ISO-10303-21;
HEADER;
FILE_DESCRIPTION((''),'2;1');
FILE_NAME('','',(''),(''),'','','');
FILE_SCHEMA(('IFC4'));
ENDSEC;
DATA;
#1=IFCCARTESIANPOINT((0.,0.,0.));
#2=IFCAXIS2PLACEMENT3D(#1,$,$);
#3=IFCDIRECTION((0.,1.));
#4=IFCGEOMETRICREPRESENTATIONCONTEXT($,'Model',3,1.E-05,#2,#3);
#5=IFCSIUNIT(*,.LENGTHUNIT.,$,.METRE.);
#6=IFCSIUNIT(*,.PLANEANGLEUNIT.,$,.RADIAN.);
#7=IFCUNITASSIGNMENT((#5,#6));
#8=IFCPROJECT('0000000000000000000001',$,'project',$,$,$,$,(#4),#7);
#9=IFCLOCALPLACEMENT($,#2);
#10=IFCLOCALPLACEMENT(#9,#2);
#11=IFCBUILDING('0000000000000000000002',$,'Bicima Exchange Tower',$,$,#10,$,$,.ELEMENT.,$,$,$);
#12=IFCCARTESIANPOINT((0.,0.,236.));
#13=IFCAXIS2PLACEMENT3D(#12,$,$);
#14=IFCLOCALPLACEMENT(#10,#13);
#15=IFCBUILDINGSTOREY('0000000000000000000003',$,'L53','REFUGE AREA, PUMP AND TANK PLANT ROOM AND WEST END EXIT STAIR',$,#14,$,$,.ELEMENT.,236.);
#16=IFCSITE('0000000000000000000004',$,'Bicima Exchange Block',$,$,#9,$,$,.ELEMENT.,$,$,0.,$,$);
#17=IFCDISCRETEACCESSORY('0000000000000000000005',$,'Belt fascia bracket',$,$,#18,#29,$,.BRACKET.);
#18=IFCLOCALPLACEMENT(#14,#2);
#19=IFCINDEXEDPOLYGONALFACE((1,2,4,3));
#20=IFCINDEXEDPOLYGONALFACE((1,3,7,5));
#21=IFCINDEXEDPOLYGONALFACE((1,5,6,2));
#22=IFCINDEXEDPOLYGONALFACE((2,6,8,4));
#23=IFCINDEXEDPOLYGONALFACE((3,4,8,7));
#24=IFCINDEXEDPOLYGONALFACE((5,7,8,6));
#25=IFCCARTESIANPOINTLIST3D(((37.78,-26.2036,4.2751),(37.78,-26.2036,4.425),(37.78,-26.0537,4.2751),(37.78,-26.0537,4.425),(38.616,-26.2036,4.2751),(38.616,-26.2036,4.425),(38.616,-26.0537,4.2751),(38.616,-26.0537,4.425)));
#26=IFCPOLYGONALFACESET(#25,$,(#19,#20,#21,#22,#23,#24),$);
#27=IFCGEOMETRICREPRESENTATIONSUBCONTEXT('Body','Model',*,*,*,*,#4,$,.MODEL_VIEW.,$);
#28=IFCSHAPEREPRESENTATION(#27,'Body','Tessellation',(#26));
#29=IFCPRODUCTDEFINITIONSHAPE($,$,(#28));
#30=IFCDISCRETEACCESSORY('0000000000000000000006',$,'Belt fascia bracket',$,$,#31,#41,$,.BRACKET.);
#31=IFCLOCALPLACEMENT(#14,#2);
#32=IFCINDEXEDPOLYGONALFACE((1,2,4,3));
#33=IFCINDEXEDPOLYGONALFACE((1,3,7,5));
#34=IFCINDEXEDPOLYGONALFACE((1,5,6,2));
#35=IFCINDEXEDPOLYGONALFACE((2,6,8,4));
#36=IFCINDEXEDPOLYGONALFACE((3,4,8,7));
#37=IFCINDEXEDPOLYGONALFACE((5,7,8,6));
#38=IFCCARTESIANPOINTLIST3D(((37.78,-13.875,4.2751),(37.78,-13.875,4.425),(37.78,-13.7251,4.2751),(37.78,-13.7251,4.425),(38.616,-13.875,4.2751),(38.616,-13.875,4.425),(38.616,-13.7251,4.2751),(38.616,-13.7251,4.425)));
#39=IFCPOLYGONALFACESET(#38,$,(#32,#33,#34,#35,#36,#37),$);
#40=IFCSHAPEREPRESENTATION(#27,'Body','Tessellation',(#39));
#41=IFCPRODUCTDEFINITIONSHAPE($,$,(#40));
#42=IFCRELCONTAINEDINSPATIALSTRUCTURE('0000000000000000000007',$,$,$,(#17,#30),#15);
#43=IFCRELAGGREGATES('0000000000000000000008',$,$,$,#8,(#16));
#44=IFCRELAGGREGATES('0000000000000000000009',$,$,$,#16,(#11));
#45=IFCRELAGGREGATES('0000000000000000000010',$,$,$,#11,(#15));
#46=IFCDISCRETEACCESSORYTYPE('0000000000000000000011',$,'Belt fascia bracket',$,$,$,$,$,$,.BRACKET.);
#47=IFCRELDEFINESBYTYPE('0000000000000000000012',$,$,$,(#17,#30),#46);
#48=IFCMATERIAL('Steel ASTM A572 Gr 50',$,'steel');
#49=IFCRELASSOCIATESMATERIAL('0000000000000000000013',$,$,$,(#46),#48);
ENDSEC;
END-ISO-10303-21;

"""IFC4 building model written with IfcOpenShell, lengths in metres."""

from ifc_helpers import new_model, si_unit, direction, frame, origin, origin_2d, place, context, subcontext, project, spatial, rectangle, extrude, material, type_object, element, save


model = new_model("IFC4")

# Units and contexts
model_context = context("Model", 3, precision=1e-05, world=origin(), true_north=direction((0.0, 1.0)))
body_context = subcontext(model_context, "Body", "Model", "MODEL_VIEW")
ifc_project = project(units=[si_unit("LENGTHUNIT", "METRE"), si_unit("PLANEANGLEUNIT", "RADIAN")], contexts=[model_context])

# Site, building, storey
site_placement = place(None, origin())
site = spatial("IfcSite", under=ifc_project, at=site_placement, Name="Bicima Exchange Block", CompositionType="ELEMENT", RefElevation=0.0)
building_placement = place(site_placement, origin())
building = spatial("IfcBuilding", under=site, at=building_placement, Name="Bicima Exchange Tower", CompositionType="ELEMENT")
storey_placement = place(building_placement, frame((0.0, 0.0, 236.0)))
storey = spatial("IfcBuildingStorey", under=building, at=storey_placement, Name="L53", Description="REFUGE AREA, PUMP AND TANK PLANT ROOM AND WEST END EXIT STAIR", CompositionType="ELEMENT", Elevation=236.0)

# Shared definitions
ifc_material_1 = material(Name="Steel ASTM A572 Gr 50", Category="steel")

# Discrete accessories
discrete_accessory_type = type_object("IfcDiscreteAccessoryType", Name="Belt fascia bracket", PredefinedType="BRACKET", material=ifc_material_1)
for number, where, z_axis, x_axis, name in (
    (1, (38.198, -26.1287, 4.2751), (0.0, 0.0, 1.0), (0.0, 1.0, 0.0), "Belt fascia bracket"),
    (2, (38.198, -13.8, 4.2751), (0.0, 0.0, 1.0), (0.0, 1.0, 0.0), "Belt fascia bracket"),
):
    element("IfcDiscreteAccessory", number, at=place(storey_placement, frame(where, z_axis=z_axis, x_axis=x_axis)), inside=storey, type_object=discrete_accessory_type, Name=name, PredefinedType="BRACKET", context=body_context, shape_type="SweptSolid", body=[
        extrude(rectangle(XDim=0.1499, YDim=0.8359, at=origin_2d()), origin(), (0.0, 0.0, 1.0), 0.1499),
    ])

save(model, "model.ifc")
